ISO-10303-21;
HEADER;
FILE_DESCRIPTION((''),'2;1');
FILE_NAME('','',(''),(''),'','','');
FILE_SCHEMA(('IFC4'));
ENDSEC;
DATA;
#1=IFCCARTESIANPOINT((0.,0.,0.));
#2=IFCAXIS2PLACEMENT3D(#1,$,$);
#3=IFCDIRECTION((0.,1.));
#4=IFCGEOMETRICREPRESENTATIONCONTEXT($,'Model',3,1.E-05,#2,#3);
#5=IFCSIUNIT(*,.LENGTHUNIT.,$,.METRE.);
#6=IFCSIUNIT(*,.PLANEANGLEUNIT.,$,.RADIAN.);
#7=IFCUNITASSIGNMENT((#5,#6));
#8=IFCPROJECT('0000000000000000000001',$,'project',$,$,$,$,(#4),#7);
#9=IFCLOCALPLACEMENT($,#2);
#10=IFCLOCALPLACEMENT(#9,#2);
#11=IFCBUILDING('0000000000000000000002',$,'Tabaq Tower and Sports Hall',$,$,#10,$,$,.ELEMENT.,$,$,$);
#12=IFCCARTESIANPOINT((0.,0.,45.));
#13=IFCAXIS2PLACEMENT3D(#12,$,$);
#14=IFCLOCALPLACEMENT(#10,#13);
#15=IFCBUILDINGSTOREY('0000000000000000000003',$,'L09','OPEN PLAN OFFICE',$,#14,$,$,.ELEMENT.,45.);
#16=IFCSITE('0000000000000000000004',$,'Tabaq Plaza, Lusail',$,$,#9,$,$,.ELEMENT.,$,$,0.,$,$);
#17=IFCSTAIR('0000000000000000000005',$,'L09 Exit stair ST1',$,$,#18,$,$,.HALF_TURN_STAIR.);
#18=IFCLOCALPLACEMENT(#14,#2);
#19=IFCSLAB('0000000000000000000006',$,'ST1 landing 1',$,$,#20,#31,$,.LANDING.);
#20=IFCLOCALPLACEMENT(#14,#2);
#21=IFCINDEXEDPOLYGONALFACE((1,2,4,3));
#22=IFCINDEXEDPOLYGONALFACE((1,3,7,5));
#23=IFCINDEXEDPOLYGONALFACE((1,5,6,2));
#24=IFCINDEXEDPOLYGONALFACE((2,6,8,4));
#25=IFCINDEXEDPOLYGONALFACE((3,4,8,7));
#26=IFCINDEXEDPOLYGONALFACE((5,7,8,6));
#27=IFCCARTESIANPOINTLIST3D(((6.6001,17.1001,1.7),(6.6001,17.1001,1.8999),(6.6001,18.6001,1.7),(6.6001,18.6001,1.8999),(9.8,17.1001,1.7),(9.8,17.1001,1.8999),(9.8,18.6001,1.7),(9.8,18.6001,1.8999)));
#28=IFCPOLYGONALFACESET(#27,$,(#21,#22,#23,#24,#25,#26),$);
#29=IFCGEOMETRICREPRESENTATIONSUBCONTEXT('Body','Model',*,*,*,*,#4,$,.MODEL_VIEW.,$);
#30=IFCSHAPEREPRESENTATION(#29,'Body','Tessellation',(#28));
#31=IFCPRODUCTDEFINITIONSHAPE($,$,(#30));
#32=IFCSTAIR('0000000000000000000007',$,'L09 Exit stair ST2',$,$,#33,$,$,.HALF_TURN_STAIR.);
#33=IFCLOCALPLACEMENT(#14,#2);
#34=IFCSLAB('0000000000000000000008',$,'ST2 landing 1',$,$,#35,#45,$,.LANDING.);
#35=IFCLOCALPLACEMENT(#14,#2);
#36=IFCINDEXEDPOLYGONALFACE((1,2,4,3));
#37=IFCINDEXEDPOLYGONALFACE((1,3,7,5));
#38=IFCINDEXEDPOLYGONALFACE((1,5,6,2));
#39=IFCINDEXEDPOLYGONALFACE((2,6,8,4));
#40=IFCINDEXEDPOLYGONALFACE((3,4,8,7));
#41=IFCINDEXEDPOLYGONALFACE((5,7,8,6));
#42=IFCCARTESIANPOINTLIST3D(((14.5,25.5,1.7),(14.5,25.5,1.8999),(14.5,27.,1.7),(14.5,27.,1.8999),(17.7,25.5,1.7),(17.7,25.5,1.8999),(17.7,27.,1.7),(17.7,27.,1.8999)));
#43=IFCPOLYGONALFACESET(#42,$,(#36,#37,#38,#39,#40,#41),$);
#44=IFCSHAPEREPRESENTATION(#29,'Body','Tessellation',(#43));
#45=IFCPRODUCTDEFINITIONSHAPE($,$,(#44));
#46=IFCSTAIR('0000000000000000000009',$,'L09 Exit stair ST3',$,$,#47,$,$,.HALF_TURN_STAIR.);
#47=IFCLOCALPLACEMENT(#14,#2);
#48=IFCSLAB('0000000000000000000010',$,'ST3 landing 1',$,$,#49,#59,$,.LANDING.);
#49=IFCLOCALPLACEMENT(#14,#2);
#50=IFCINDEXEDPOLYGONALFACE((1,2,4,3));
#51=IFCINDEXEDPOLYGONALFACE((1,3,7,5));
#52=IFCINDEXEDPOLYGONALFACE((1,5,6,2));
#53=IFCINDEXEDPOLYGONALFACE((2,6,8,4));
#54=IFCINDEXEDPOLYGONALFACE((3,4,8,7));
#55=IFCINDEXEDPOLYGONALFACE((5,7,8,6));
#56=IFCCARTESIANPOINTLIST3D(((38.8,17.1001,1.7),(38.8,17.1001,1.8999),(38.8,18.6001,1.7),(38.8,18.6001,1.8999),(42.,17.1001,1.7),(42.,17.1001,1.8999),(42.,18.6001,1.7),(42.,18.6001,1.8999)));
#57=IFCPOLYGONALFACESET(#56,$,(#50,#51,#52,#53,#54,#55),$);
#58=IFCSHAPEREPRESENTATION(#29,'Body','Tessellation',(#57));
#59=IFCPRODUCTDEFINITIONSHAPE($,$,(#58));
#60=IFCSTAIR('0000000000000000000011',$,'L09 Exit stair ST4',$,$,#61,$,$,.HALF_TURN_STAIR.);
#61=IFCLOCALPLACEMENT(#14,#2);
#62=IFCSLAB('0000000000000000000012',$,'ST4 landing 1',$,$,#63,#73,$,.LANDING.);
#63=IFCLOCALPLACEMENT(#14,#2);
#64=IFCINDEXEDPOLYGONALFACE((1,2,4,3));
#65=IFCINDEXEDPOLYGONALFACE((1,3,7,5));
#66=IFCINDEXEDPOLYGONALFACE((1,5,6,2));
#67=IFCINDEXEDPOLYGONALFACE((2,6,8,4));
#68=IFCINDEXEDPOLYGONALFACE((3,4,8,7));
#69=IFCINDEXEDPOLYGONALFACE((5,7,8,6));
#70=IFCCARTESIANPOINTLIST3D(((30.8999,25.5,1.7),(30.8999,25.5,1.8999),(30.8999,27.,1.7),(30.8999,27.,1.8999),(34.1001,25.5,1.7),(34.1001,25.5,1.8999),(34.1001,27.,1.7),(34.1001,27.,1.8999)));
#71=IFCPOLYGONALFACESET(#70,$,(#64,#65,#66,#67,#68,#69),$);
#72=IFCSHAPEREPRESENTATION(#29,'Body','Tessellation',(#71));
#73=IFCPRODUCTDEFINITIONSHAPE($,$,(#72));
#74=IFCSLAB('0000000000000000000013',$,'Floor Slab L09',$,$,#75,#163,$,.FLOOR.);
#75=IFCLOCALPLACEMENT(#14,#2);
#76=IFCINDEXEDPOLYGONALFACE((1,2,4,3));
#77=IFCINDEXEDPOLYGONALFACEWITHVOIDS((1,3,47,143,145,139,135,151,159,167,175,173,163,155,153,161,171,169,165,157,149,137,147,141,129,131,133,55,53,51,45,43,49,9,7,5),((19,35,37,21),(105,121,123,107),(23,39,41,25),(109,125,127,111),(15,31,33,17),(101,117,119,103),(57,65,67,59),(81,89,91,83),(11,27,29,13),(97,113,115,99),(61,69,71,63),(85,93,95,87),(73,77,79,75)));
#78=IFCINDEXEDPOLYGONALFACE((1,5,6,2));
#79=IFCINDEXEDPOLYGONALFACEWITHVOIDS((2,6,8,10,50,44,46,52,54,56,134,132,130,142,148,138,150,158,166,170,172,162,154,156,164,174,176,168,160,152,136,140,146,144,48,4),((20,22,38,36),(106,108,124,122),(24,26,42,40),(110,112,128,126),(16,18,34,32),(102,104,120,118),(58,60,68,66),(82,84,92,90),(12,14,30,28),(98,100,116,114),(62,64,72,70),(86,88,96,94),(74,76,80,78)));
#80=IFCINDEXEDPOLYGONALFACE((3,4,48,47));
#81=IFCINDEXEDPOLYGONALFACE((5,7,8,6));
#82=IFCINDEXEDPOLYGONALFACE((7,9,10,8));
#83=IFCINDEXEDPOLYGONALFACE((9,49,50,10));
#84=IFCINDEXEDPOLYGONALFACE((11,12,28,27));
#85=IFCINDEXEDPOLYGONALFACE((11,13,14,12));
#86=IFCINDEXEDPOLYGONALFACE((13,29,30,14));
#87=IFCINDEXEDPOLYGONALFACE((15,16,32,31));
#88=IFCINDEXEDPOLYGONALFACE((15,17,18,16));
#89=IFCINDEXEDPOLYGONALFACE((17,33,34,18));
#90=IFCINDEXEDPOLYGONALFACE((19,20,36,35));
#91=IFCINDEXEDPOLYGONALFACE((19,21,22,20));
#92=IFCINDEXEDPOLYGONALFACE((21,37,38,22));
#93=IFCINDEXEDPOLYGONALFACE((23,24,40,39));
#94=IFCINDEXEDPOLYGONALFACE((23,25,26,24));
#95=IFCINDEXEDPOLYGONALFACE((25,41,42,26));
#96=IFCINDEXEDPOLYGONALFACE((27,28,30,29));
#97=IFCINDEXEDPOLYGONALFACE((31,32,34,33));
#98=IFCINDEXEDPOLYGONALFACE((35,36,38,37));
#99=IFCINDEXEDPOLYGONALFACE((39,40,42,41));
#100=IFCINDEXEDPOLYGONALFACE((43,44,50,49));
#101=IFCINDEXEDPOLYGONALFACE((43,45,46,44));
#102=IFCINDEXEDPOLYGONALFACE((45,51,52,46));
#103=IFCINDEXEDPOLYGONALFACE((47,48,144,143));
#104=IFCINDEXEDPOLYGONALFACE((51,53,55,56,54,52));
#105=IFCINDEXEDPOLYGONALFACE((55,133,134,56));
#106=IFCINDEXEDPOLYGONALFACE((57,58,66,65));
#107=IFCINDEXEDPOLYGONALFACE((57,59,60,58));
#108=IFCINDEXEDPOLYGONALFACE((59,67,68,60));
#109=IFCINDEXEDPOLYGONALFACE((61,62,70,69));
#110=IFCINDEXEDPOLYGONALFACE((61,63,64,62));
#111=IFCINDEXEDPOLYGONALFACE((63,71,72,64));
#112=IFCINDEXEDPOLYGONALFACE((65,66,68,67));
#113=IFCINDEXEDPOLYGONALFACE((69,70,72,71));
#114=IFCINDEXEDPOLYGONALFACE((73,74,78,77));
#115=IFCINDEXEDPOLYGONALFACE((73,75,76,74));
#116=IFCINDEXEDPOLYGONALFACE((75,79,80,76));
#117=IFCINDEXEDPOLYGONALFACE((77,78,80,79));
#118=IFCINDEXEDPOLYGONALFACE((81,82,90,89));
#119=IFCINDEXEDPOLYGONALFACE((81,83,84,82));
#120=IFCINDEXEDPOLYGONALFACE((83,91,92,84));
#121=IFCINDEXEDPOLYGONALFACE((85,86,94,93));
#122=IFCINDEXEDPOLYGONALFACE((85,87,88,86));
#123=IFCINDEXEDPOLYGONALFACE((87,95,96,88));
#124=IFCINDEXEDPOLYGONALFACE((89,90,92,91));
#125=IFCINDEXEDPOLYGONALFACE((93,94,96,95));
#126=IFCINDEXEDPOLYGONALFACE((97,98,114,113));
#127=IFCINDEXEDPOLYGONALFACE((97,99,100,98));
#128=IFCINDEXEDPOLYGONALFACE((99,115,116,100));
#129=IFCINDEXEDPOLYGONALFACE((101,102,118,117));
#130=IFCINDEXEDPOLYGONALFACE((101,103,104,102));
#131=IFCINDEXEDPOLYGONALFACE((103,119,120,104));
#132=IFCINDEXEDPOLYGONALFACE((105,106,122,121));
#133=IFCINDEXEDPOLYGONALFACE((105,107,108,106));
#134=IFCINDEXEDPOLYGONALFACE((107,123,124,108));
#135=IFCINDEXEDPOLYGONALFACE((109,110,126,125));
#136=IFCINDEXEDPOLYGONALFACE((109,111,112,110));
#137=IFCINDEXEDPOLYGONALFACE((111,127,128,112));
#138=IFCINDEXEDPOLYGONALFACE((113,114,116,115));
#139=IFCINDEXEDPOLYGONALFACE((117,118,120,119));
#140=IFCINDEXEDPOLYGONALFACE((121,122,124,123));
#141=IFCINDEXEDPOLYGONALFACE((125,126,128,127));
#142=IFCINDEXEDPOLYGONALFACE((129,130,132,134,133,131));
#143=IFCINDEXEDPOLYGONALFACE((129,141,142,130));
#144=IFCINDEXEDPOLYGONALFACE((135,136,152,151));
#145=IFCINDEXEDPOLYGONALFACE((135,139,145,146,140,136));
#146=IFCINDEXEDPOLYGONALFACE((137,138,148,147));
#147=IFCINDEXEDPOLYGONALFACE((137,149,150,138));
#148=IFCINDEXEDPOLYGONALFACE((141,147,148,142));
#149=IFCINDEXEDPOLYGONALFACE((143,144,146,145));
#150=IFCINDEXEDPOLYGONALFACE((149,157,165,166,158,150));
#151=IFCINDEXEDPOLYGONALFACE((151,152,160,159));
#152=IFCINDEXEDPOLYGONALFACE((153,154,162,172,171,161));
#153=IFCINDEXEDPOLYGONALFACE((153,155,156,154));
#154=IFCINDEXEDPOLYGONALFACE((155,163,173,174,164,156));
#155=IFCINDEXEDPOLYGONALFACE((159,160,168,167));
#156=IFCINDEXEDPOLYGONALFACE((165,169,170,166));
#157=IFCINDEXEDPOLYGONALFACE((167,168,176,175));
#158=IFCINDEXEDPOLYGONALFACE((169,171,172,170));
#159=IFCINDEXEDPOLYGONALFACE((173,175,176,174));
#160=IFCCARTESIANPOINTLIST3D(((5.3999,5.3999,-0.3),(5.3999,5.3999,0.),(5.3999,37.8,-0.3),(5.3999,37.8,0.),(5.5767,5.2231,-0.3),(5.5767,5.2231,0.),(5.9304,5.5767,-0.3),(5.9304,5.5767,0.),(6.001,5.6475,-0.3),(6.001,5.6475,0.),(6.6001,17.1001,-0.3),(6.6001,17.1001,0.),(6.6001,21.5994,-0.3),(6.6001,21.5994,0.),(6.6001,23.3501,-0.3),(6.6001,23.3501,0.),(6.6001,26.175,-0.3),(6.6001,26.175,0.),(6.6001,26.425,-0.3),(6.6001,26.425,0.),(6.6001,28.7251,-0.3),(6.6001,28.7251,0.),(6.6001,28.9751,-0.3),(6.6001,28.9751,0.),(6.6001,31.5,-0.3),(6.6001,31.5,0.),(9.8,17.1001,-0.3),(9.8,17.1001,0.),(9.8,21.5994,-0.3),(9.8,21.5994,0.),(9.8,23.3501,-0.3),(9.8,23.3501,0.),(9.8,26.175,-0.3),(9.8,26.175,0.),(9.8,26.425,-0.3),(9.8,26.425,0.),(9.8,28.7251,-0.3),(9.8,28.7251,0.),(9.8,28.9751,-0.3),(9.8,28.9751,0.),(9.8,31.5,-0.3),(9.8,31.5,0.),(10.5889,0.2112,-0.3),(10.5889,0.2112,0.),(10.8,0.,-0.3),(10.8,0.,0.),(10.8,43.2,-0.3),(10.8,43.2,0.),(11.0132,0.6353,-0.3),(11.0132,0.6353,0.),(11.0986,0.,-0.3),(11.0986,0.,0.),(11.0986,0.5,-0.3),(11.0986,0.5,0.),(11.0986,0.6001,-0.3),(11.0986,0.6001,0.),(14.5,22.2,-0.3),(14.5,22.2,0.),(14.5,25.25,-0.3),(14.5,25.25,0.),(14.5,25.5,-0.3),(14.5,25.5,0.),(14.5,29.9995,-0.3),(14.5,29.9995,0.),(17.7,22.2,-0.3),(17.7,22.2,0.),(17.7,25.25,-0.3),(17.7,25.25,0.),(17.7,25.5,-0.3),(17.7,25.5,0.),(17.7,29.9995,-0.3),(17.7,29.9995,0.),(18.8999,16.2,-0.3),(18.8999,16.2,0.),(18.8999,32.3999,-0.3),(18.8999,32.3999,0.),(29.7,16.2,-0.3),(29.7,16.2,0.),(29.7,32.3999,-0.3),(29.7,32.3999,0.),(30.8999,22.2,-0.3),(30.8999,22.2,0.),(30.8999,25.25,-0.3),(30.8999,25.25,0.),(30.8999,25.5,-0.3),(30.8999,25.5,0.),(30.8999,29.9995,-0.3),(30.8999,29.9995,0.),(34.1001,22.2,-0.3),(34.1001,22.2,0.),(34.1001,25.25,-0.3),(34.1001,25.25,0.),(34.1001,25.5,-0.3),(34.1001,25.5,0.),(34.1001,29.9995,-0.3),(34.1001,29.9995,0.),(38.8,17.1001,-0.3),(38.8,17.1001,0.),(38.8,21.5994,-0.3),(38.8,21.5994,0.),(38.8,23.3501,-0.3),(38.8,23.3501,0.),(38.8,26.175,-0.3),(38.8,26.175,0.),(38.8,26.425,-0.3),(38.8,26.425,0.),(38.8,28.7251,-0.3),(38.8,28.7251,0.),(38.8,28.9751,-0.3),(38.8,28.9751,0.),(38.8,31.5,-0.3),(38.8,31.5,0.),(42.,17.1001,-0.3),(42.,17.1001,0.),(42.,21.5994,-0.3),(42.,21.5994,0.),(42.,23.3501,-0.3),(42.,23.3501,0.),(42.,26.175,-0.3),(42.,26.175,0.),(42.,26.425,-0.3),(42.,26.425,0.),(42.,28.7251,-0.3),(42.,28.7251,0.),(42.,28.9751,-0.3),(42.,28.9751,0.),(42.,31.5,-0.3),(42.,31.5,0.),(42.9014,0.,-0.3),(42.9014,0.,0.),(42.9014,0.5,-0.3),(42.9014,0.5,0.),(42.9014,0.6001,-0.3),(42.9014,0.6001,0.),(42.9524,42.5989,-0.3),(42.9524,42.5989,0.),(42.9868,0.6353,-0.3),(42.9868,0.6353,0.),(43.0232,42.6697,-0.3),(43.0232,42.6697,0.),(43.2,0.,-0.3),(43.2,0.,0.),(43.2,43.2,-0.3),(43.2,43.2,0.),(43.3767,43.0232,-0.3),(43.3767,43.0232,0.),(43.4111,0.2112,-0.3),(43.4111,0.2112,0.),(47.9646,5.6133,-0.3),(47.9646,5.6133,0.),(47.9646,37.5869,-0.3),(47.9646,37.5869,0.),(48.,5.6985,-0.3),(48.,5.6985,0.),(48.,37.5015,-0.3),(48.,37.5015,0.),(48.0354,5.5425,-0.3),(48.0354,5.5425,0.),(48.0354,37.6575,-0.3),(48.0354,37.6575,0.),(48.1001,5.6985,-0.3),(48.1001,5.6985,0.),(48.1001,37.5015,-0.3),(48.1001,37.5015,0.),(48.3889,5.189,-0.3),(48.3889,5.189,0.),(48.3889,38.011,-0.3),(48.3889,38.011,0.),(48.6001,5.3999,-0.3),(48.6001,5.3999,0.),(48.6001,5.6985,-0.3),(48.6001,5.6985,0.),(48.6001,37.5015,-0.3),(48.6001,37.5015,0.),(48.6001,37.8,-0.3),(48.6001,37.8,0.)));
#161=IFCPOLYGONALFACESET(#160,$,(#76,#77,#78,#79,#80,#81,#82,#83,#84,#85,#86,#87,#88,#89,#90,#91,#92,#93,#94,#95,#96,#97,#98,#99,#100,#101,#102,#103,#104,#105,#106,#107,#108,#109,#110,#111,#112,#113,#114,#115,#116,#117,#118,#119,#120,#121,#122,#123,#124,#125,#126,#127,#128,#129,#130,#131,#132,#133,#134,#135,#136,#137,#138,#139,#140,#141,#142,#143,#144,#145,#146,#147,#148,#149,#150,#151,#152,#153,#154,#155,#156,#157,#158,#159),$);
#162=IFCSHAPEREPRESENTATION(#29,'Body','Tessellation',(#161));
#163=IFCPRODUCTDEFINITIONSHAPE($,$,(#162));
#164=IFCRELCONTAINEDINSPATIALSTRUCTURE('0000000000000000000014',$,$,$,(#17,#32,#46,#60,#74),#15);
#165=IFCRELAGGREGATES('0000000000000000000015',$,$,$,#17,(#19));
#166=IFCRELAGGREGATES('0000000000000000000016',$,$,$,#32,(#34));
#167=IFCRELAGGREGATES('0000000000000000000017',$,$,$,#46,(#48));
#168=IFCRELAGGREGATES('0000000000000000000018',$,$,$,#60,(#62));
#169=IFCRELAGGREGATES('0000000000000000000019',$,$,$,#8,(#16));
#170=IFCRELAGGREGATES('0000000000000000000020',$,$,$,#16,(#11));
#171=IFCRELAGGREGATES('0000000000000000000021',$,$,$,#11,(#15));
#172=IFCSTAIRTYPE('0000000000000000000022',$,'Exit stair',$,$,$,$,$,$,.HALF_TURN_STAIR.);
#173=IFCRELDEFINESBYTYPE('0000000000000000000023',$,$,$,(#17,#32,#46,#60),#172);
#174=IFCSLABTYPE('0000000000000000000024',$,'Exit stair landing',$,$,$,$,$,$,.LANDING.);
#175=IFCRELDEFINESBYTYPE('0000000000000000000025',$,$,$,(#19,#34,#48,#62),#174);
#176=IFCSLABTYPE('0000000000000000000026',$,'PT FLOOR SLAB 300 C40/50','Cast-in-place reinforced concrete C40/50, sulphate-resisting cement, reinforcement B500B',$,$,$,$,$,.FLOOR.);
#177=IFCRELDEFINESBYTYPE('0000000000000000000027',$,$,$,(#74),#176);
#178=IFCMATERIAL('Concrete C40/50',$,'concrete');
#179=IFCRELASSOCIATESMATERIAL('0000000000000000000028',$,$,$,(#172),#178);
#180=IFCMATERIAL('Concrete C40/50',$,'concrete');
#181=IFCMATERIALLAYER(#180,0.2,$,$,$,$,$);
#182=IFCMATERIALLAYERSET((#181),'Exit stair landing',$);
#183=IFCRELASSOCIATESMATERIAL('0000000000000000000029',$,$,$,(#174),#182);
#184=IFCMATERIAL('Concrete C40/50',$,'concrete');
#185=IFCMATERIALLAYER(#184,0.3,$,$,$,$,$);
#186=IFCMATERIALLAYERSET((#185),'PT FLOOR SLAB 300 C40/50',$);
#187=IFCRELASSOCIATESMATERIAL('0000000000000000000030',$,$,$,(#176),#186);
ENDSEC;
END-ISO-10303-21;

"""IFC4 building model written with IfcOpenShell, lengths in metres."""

from ifc_helpers import new_model, si_unit, direction, frame, origin, place, context, subcontext, project, spatial, polyline, outline, extrude, material, layer, layer_set, type_object, element, aggregate, save


model = new_model("IFC4")

# Units and contexts
model_context = context("Model", 3, precision=1e-05, world=origin(), true_north=direction((0.0, 1.0)))
body_context = subcontext(model_context, "Body", "Model", "MODEL_VIEW")
ifc_project = project(units=[si_unit("LENGTHUNIT", "METRE"), si_unit("PLANEANGLEUNIT", "RADIAN")], contexts=[model_context])

# Site, building, storey
site_placement = place(None, origin())
site = spatial("IfcSite", under=ifc_project, at=site_placement, Name="Tabaq Plaza, Lusail", CompositionType="ELEMENT", RefElevation=0.0)
building_placement = place(site_placement, origin())
building = spatial("IfcBuilding", under=site, at=building_placement, Name="Tabaq Tower and Sports Hall", CompositionType="ELEMENT")
storey_placement = place(building_placement, frame((0.0, 0.0, 45.0)))
storey = spatial("IfcBuildingStorey", under=building, at=storey_placement, Name="L09", Description="OPEN PLAN OFFICE", CompositionType="ELEMENT", Elevation=45.0)

# Stairs, slabs
ifc_material_1 = material(Name="Concrete C40/50", Category="concrete")
stair_type = type_object("IfcStairType", Name="Exit stair", PredefinedType="HALF_TURN_STAIR", material=ifc_material_1)
stair_1_placement = place(storey_placement, origin())
stair_1 = element("IfcStair", 1, at=stair_1_placement, inside=storey, type_object=stair_type, Name="L09 Exit stair ST1", PredefinedType="HALF_TURN_STAIR")
ifc_material_2 = material(Name="Concrete C40/50", Category="concrete")
ifc_layer_1 = layer(ifc_material_2, 0.2)
ifc_layer_set_1 = layer_set([ifc_layer_1], Name="Exit stair landing")
slab_type_1 = type_object("IfcSlabType", Name="Exit stair landing", PredefinedType="LANDING", material=ifc_layer_set_1)
slab_1_placement = place(storey_placement, frame((0.0, 0.0, 1.7)))
slab_1 = element("IfcSlab", 2, at=slab_1_placement, type_object=slab_type_1, Name="ST1 landing 1", PredefinedType="LANDING", context=body_context, shape_type="SweptSolid", body=[
    extrude(outline(polyline([(6.6001, 18.6001), (6.6001, 17.1001), (9.8, 17.1001), (9.8, 18.6001), (6.6001, 18.6001)])), origin(), (0.0, 0.0, 1.0), 0.2),
])
aggregate(stair_1, [slab_1])
stair_2_placement = place(storey_placement, origin())
stair_2 = element("IfcStair", 3, at=stair_2_placement, inside=storey, type_object=stair_type, Name="L09 Exit stair ST2", PredefinedType="HALF_TURN_STAIR")
slab_2_placement = place(storey_placement, frame((0.0, 0.0, 1.7)))
slab_2 = element("IfcSlab", 4, at=slab_2_placement, type_object=slab_type_1, Name="ST2 landing 1", PredefinedType="LANDING", context=body_context, shape_type="SweptSolid", body=[
    extrude(outline(polyline([(14.5, 27.0), (14.5, 25.5), (17.7, 25.5), (17.7, 27.0), (14.5, 27.0)])), origin(), (0.0, 0.0, 1.0), 0.2),
])
aggregate(stair_2, [slab_2])
stair_3_placement = place(storey_placement, origin())
stair_3 = element("IfcStair", 5, at=stair_3_placement, inside=storey, type_object=stair_type, Name="L09 Exit stair ST3", PredefinedType="HALF_TURN_STAIR")
slab_3_placement = place(storey_placement, frame((0.0, 0.0, 1.7)))
slab_3 = element("IfcSlab", 6, at=slab_3_placement, type_object=slab_type_1, Name="ST3 landing 1", PredefinedType="LANDING", context=body_context, shape_type="SweptSolid", body=[
    extrude(outline(polyline([(38.8, 18.6001), (38.8, 17.1001), (42.0, 17.1001), (42.0, 18.6001), (38.8, 18.6001)])), origin(), (0.0, 0.0, 1.0), 0.2),
])
aggregate(stair_3, [slab_3])
stair_4_placement = place(storey_placement, origin())
stair_4 = element("IfcStair", 7, at=stair_4_placement, inside=storey, type_object=stair_type, Name="L09 Exit stair ST4", PredefinedType="HALF_TURN_STAIR")
slab_4_placement = place(storey_placement, frame((0.0, 0.0, 1.7)))
slab_4 = element("IfcSlab", 8, at=slab_4_placement, type_object=slab_type_1, Name="ST4 landing 1", PredefinedType="LANDING", context=body_context, shape_type="SweptSolid", body=[
    extrude(outline(polyline([(30.8999, 27.0), (30.8999, 25.5), (34.1001, 25.5), (34.1001, 27.0), (30.8999, 27.0)])), origin(), (0.0, 0.0, 1.0), 0.2),
])
aggregate(stair_4, [slab_4])

# Slab
ifc_material_3 = material(Name="Concrete C40/50", Category="concrete")
ifc_layer_2 = layer(ifc_material_3, 0.3)
ifc_layer_set_2 = layer_set([ifc_layer_2], Name="PT FLOOR SLAB 300 C40/50")
slab_type_2 = type_object("IfcSlabType", Name="PT FLOOR SLAB 300 C40/50", Description="Cast-in-place reinforced concrete C40/50, sulphate-resisting cement, reinforcement B500B", PredefinedType="FLOOR", material=ifc_layer_set_2)
slab_5_placement = place(storey_placement, frame((0.0, 0.0, -0.3)))
element("IfcSlab", 9, at=slab_5_placement, inside=storey, type_object=slab_type_2, Name="Floor Slab L09", PredefinedType="FLOOR", context=body_context, shape_type="SweptSolid", body=[
    extrude(outline(polyline([(5.3999, 37.8), (5.3999, 5.3999), (5.5767, 5.2231), (5.9304, 5.5767), (6.001, 5.6475), (11.0132, 0.6353), (10.5889, 0.2112), (10.8, 0.0), (11.0986, 0.0), (11.0986, 0.5), (11.0986, 0.6001), (42.9014, 0.6001), (42.9014, 0.5), (42.9014, 0.0), (43.2, 0.0), (43.4111, 0.2112), (42.9868, 0.6353), (47.9646, 5.6133), (48.0354, 5.5425), (48.3889, 5.189), (48.6001, 5.3999), (48.6001, 5.6985), (48.1001, 5.6985), (48.0, 5.6985), (48.0, 37.5015), (48.1001, 37.5015), (48.6001, 37.5015), (48.6001, 37.8), (48.3889, 38.011), (48.0354, 37.6575), (47.9646, 37.5869), (42.9524, 42.5989), (43.0232, 42.6697), (43.3767, 43.0232), (43.2, 43.2), (10.8, 43.2), (5.3999, 37.8)]), holes=[polyline([(6.6001, 21.5994), (9.8, 21.5994), (9.8, 17.1001), (6.6001, 17.1001), (6.6001, 21.5994)]), polyline([(17.7, 25.25), (17.7, 22.2), (14.5, 22.2), (14.5, 25.25), (17.7, 25.25)]), polyline([(18.8999, 32.3999), (29.7, 32.3999), (29.7, 16.2), (18.8999, 16.2), (18.8999, 32.3999)]), polyline([(6.6001, 26.175), (9.8, 26.175), (9.8, 23.3501), (6.6001, 23.3501), (6.6001, 26.175)]), polyline([(9.8, 28.7251), (9.8, 26.425), (6.6001, 26.425), (6.6001, 28.7251), (9.8, 28.7251)]), polyline([(17.7, 29.9995), (17.7, 25.5), (14.5, 25.5), (14.5, 29.9995), (17.7, 29.9995)]), polyline([(6.6001, 31.5), (9.8, 31.5), (9.8, 28.9751), (6.6001, 28.9751), (6.6001, 31.5)]), polyline([(42.0, 21.5994), (42.0, 17.1001), (38.8, 17.1001), (38.8, 21.5994), (42.0, 21.5994)]), polyline([(34.1001, 25.25), (34.1001, 22.2), (30.8999, 22.2), (30.8999, 25.25), (34.1001, 25.25)]), polyline([(42.0, 26.175), (42.0, 23.3501), (38.8, 23.3501), (38.8, 26.175), (42.0, 26.175)]), polyline([(42.0, 28.7251), (42.0, 26.425), (38.8, 26.425), (38.8, 28.7251), (42.0, 28.7251)]), polyline([(34.1001, 29.9995), (34.1001, 25.5), (30.8999, 25.5), (30.8999, 29.9995), (34.1001, 29.9995)]), polyline([(42.0, 31.5), (42.0, 28.9751), (38.8, 28.9751), (38.8, 31.5), (42.0, 31.5)])]), origin(), (0.0, 0.0, 1.0), 0.3),
])

save(model, "model.ifc")
